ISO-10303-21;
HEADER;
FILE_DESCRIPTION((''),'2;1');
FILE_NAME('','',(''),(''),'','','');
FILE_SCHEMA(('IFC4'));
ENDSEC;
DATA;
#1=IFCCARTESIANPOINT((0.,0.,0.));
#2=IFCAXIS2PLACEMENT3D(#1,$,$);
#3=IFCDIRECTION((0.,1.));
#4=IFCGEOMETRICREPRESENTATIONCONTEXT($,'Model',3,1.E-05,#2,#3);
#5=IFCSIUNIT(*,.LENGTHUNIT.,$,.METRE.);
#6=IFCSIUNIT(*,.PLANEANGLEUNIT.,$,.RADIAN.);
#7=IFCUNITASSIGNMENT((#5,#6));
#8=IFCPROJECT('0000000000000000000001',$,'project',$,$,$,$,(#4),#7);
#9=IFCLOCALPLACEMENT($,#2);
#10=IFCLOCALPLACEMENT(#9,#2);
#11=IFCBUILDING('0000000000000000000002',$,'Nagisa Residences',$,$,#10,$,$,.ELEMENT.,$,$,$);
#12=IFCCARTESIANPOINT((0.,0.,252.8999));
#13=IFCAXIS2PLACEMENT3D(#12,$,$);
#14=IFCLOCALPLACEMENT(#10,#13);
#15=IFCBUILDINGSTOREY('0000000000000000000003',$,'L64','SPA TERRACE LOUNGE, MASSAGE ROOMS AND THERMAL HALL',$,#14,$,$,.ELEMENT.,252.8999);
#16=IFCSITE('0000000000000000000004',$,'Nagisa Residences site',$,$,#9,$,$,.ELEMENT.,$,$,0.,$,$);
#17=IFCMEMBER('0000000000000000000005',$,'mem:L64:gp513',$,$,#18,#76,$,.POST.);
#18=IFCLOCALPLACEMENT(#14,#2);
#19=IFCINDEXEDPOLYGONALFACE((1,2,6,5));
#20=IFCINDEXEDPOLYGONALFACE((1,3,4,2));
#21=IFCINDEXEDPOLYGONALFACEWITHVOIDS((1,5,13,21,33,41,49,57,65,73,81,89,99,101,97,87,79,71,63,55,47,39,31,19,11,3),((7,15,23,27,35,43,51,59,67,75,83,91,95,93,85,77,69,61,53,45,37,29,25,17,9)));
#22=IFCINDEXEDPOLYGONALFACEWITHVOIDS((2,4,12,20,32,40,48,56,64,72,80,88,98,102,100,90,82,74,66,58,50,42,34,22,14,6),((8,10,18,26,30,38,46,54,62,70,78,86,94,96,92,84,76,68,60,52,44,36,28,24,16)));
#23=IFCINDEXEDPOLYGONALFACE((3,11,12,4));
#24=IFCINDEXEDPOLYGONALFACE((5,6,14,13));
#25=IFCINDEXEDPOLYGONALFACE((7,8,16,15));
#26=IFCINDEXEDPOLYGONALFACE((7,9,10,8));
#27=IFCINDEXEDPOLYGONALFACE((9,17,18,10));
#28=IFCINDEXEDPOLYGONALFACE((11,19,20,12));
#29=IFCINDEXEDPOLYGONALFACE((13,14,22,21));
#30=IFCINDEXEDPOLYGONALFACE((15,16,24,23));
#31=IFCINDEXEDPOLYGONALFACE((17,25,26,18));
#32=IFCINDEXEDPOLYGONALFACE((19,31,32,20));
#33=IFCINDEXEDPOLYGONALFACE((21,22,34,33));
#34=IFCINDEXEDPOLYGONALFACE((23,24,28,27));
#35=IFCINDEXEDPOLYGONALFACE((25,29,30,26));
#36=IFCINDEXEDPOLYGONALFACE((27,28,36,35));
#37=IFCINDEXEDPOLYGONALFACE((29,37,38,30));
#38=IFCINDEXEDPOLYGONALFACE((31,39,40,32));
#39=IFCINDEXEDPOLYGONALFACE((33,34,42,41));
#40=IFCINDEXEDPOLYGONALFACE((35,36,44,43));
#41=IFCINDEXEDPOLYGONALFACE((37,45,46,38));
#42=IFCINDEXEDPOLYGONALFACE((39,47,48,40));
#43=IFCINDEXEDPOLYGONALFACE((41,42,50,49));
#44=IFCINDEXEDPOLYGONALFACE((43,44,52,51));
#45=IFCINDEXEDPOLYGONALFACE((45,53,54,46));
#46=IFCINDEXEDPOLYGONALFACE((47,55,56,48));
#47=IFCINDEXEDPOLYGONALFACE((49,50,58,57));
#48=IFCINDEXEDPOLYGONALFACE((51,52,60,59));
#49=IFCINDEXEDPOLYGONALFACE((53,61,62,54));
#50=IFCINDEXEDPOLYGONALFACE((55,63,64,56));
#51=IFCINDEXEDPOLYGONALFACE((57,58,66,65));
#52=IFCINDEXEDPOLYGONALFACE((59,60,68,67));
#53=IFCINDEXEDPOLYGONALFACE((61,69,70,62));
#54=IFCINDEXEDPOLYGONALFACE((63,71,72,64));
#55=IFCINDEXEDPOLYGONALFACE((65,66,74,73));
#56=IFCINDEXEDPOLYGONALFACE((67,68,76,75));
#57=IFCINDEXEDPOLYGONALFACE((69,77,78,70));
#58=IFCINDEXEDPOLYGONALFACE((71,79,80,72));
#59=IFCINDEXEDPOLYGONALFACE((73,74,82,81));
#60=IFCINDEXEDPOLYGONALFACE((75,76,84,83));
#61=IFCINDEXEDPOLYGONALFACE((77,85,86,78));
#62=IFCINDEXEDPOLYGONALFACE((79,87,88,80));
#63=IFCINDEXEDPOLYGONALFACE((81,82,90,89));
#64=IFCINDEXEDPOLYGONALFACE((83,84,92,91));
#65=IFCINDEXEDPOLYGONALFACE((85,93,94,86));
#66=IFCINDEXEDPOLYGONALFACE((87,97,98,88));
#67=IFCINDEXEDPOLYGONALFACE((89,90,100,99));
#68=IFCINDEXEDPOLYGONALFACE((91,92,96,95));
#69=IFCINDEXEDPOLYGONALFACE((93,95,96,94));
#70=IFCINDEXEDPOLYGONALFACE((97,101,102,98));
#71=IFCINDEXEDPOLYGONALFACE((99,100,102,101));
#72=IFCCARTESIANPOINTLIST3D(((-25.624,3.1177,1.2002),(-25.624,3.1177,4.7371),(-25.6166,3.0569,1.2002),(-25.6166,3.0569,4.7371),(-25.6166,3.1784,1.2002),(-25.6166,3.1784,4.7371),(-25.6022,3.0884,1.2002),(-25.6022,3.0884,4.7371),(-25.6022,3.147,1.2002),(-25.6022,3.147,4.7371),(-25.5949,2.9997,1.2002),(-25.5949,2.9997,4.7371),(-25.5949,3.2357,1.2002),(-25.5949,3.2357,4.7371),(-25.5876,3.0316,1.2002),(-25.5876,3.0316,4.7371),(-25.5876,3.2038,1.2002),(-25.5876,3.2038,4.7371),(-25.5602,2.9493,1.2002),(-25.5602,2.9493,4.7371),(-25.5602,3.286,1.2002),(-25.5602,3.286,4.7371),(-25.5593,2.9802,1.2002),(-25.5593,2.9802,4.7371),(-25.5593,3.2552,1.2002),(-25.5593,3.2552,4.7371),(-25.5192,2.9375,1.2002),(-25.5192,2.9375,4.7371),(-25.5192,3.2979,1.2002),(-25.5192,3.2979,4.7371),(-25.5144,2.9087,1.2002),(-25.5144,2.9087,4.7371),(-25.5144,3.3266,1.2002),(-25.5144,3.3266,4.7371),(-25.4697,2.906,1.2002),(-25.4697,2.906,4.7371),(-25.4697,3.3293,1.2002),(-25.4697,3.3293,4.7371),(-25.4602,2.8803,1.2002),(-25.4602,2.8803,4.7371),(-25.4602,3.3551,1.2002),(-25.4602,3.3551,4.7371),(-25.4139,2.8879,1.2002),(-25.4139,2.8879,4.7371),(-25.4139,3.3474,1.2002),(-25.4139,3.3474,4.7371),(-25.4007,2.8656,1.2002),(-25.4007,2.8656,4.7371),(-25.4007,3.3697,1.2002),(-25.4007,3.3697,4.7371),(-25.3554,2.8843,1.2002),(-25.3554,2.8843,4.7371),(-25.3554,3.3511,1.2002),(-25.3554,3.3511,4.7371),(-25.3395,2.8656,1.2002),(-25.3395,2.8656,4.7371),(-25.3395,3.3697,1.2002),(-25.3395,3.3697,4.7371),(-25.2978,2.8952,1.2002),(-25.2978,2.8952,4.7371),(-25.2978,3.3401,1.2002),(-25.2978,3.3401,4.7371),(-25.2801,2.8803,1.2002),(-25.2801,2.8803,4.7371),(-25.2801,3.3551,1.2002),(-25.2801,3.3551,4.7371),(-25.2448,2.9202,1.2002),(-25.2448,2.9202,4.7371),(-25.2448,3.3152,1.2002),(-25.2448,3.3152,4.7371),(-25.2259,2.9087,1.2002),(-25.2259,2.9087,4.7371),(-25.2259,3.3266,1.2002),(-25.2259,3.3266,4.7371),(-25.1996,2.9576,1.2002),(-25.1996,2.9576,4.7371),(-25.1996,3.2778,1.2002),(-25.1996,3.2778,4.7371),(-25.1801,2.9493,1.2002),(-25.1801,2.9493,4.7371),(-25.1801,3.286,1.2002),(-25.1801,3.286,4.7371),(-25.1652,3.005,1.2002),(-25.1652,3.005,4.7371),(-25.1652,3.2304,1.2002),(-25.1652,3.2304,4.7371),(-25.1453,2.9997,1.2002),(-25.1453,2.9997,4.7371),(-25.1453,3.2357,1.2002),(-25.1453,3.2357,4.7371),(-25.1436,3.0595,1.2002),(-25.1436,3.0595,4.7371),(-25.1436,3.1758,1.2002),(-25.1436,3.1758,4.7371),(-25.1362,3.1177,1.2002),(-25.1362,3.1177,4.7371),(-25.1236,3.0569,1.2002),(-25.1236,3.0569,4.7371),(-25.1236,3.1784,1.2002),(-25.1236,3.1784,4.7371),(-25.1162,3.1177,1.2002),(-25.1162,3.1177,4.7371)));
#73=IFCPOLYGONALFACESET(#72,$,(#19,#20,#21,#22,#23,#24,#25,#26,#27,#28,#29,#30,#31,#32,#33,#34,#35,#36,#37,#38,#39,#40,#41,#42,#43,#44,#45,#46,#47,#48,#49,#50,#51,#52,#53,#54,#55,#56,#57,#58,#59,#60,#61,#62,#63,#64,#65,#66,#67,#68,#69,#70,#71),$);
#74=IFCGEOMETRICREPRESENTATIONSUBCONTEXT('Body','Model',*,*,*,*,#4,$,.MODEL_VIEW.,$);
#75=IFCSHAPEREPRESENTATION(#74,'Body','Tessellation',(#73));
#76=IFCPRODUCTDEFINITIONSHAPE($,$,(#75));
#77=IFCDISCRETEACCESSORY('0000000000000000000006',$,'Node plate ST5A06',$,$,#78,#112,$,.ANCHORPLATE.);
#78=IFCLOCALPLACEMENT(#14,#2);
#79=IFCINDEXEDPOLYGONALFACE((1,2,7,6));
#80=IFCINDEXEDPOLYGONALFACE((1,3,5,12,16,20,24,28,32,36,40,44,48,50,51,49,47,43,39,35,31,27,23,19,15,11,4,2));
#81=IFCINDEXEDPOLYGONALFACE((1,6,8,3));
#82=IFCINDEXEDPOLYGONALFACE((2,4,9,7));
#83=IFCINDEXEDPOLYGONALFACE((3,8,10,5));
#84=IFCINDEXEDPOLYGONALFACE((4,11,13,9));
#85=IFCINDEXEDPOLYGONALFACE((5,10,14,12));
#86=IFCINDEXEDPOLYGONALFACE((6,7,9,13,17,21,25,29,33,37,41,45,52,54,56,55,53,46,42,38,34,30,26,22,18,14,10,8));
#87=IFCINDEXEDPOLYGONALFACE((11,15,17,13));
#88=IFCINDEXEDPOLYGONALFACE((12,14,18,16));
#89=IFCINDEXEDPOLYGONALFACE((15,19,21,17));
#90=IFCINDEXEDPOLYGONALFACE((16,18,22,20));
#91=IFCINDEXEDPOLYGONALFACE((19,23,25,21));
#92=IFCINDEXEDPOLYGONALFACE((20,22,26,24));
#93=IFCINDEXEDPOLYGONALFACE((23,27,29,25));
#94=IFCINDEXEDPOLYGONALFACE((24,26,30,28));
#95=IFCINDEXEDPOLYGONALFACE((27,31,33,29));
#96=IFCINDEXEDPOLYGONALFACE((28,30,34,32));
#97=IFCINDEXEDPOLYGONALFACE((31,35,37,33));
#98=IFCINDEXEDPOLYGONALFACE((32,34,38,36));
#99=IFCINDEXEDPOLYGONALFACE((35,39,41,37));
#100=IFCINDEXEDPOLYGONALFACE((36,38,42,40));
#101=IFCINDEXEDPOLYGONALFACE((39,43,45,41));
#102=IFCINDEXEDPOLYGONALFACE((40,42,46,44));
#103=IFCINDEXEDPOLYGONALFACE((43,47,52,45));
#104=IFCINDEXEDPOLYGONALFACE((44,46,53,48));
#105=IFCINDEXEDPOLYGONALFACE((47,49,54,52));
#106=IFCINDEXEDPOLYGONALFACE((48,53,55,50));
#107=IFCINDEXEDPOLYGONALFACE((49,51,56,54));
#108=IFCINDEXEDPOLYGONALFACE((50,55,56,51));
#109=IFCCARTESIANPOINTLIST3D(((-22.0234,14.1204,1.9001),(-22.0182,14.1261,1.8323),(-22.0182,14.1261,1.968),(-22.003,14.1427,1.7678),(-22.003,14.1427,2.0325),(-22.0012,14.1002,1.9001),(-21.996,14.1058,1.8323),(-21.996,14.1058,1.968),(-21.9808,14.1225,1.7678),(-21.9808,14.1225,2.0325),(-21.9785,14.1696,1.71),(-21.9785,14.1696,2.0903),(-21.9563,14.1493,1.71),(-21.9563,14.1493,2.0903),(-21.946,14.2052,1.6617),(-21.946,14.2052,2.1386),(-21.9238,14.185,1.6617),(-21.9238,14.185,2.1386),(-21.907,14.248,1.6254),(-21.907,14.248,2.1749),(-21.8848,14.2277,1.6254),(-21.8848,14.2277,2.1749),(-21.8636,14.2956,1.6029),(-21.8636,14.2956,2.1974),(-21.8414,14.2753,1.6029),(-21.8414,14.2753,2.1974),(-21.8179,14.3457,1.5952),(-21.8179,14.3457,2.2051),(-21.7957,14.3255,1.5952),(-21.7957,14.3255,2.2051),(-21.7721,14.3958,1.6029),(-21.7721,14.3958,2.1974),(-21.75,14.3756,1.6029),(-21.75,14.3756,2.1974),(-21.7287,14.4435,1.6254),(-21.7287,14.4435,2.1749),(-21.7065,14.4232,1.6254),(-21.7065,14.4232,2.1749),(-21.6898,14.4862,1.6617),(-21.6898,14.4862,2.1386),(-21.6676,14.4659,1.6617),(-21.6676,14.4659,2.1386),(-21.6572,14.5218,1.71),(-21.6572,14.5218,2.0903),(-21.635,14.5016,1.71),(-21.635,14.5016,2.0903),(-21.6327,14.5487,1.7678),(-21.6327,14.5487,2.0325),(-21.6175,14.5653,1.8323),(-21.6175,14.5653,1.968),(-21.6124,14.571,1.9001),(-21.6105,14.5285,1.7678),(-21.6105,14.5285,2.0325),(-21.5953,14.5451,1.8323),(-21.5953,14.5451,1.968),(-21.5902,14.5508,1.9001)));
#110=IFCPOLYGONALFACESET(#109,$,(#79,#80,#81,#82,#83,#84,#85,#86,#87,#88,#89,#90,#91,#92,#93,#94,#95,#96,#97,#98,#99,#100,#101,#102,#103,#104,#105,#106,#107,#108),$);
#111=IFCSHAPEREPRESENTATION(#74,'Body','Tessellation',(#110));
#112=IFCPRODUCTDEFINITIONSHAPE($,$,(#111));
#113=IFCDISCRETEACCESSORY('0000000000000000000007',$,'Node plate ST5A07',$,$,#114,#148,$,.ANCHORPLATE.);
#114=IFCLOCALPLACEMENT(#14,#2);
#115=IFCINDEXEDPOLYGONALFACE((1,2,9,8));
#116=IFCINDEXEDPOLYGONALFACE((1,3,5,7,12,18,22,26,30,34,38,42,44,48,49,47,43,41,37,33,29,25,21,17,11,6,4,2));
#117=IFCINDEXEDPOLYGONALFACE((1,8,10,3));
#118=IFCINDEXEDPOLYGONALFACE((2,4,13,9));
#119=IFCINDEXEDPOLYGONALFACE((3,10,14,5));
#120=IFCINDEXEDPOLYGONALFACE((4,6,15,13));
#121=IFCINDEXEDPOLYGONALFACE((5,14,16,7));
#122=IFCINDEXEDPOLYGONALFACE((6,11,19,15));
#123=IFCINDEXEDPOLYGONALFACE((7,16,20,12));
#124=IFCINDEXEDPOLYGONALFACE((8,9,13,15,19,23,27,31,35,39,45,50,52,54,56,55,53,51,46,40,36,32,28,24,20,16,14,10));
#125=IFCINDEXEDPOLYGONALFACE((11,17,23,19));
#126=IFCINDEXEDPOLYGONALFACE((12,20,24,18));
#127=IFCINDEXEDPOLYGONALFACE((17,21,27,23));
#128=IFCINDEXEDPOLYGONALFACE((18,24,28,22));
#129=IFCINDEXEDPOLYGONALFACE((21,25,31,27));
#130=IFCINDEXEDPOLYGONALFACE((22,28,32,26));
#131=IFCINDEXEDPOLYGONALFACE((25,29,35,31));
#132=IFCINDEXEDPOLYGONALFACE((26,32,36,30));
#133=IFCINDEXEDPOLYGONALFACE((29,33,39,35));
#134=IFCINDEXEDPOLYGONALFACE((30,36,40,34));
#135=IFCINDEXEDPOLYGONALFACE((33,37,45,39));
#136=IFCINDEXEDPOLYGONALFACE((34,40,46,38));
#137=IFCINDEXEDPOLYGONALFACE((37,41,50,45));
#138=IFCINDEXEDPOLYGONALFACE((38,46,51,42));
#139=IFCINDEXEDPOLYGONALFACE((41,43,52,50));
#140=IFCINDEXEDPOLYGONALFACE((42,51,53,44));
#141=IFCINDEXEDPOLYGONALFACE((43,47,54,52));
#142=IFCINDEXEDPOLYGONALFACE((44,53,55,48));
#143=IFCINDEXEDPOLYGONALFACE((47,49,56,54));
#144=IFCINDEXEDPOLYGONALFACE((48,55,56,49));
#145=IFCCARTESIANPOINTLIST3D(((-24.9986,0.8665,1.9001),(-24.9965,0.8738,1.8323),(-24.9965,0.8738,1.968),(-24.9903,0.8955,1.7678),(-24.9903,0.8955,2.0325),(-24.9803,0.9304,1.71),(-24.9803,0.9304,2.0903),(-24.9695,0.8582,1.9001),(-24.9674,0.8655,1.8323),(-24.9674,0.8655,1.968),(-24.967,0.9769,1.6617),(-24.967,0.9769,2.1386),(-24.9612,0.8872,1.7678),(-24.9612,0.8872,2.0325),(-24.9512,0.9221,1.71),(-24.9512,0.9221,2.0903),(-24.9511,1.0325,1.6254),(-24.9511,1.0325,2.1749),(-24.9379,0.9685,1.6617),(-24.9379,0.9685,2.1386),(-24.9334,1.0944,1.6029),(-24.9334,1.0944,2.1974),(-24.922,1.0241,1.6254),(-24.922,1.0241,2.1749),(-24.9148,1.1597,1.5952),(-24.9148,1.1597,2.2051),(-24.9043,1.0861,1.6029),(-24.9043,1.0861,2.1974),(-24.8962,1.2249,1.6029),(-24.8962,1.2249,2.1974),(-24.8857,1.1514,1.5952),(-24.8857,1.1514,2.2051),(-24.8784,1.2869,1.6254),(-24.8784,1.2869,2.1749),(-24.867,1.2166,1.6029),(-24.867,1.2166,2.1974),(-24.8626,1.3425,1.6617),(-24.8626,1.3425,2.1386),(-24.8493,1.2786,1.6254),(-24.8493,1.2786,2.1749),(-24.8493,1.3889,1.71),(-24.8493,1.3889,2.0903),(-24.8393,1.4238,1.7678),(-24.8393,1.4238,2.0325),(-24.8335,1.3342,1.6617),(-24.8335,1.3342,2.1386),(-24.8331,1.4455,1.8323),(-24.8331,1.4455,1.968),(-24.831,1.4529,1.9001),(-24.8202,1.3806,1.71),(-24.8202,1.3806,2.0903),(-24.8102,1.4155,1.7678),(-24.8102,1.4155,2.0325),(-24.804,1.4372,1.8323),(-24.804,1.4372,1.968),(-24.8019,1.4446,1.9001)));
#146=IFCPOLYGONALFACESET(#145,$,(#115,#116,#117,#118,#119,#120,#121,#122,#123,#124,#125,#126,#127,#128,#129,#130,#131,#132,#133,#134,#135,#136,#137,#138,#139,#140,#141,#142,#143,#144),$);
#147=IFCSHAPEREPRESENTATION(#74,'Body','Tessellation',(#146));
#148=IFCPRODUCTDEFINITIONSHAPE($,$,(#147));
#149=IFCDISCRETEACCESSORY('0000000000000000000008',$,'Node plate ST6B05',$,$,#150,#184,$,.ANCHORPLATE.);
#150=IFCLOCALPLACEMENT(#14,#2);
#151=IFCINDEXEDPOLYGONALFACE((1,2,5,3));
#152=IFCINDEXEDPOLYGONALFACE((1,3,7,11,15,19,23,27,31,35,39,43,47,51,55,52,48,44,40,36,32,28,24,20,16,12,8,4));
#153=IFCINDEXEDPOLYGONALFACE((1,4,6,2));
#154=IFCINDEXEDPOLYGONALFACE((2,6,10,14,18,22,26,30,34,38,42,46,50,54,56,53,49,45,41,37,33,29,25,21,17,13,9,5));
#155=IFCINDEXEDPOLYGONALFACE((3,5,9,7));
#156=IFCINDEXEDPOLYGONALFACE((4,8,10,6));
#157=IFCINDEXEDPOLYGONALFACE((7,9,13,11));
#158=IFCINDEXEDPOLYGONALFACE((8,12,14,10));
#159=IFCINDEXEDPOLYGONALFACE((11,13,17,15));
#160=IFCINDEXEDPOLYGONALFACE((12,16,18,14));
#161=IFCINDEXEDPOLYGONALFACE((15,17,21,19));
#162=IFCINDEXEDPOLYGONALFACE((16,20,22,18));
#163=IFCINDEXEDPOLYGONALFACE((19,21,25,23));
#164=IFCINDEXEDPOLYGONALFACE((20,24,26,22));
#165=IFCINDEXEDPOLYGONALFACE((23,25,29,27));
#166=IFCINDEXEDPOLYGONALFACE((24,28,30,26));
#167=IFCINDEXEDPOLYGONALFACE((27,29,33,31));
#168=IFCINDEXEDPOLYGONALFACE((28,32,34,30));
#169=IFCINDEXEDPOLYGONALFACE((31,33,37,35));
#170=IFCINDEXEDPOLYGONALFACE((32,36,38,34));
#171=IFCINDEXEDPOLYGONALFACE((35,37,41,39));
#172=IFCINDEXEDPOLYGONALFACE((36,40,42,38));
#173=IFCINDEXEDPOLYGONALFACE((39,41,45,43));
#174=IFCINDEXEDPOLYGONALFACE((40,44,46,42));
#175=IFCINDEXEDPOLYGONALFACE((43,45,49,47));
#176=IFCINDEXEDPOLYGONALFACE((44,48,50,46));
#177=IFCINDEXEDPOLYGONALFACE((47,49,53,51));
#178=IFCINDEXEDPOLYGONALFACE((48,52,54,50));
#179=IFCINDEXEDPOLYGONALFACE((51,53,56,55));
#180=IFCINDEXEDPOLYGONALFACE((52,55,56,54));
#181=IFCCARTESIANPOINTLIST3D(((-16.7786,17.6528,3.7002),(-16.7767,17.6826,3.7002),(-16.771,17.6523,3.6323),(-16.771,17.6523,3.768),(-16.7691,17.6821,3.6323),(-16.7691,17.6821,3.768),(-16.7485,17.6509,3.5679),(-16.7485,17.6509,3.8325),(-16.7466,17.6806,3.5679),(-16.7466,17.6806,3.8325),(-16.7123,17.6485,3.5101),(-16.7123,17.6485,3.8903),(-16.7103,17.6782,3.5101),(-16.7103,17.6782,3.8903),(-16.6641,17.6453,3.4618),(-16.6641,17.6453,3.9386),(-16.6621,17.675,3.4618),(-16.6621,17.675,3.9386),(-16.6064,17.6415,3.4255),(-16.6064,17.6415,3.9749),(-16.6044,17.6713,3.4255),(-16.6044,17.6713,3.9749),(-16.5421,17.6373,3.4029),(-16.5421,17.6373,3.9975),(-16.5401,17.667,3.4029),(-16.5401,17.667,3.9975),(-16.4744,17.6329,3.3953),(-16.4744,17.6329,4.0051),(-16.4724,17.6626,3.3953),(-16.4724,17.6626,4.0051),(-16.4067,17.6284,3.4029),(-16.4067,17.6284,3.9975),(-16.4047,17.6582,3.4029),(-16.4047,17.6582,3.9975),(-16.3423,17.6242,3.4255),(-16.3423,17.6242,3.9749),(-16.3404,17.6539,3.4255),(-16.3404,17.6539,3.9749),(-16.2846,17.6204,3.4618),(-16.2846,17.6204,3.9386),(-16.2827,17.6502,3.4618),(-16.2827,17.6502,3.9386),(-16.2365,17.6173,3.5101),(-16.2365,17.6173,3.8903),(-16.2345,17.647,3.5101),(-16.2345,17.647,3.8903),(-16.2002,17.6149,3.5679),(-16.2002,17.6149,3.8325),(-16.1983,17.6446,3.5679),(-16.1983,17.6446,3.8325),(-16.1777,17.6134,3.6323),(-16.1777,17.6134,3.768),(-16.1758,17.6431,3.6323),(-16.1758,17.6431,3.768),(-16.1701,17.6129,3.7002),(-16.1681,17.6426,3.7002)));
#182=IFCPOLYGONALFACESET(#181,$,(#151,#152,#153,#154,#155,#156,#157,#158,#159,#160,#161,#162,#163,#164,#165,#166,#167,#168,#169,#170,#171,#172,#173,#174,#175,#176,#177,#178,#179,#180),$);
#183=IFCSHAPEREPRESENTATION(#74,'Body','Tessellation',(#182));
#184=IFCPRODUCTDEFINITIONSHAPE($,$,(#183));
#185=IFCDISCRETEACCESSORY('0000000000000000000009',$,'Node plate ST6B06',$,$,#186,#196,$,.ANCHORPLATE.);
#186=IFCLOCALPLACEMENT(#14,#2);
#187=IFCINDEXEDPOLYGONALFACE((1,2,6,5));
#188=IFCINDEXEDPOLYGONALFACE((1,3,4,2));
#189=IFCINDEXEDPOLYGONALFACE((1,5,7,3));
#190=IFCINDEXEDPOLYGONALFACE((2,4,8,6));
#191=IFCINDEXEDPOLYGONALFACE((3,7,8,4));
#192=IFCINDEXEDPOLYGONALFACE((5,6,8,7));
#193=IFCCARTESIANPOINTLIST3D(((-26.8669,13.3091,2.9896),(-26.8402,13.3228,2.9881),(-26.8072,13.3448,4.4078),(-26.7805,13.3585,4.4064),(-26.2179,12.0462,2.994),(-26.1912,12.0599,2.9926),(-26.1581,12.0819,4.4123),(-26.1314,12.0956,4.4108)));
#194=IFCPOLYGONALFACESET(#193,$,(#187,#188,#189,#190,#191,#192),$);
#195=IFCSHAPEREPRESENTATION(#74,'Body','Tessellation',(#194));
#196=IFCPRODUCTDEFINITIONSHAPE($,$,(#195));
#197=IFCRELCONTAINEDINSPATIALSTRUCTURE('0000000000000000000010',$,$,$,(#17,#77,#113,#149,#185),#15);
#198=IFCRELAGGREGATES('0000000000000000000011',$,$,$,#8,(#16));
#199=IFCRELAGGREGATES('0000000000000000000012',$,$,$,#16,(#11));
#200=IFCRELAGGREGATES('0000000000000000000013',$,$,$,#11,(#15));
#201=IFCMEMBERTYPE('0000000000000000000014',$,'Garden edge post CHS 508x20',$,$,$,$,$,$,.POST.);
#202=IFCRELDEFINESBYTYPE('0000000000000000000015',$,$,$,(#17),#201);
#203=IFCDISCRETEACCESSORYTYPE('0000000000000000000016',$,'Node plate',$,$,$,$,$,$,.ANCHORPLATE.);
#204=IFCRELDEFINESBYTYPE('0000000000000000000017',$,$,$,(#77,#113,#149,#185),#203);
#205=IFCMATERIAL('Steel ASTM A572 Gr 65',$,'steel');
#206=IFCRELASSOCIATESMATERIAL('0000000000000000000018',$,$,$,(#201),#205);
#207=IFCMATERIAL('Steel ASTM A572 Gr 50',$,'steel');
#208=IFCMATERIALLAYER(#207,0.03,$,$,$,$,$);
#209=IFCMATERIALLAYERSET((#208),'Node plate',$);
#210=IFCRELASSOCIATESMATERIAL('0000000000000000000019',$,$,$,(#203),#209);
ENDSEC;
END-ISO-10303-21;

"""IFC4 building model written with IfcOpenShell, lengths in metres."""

from ifc_helpers import new_model, si_unit, direction, frame, origin, origin_2d, place, context, subcontext, project, spatial, rectangle, circle, hollow_circle, extrude, material, layer, layer_set, material_profile, profile_set, type_object, element, save


model = new_model("IFC4")

# Units and contexts
model_context = context("Model", 3, precision=1e-05, world=origin(), true_north=direction((0.0, 1.0)))
body_context = subcontext(model_context, "Body", "Model", "MODEL_VIEW")
ifc_project = project(units=[si_unit("LENGTHUNIT", "METRE"), si_unit("PLANEANGLEUNIT", "RADIAN")], contexts=[model_context])

# Site, building, storey
site_placement = place(None, origin())
site = spatial("IfcSite", under=ifc_project, at=site_placement, Name="Nagisa Residences site", CompositionType="ELEMENT", RefElevation=0.0)
building_placement = place(site_placement, origin())
building = spatial("IfcBuilding", under=site, at=building_placement, Name="Nagisa Residences", CompositionType="ELEMENT")
storey_placement = place(building_placement, frame((0.0, 0.0, 252.8999)))
storey = spatial("IfcBuildingStorey", under=building, at=storey_placement, Name="L64", Description="SPA TERRACE LOUNGE, MASSAGE ROOMS AND THERMAL HALL", CompositionType="ELEMENT", Elevation=252.8999)

# Member
ifc_material_1 = material(Name="Steel ASTM A572 Gr 65", Category="steel")
ifc_material_profile_1 = material_profile(ifc_material_1, hollow_circle(Radius=0.2539, WallThickness=0.02, at=origin_2d()), Name="CHS 508x20")
ifc_profile_set_1 = profile_set([ifc_material_profile_1], Name="Steel ASTM A572 Gr 65")
member_type_1 = type_object("IfcMemberType", Name="Garden edge post CHS 508x20", PredefinedType="POST", material=ifc_profile_set_1)
for number, where, z_axis, x_axis, name in (
    (1, (-25.3701, 3.1177, 1.2002), (0.0, 0.0, 1.0), (1.0, 0.0, 0.0), "mem:L64:gp513"),
):
    element("IfcMember", number, at=place(storey_placement, frame(where, z_axis=z_axis, x_axis=x_axis)), inside=storey, type_object=member_type_1, Name=name, PredefinedType="POST", context=body_context, shape_type="SweptSolid", body=[
        extrude(hollow_circle(Radius=0.2539, WallThickness=0.02, at=origin_2d()), origin(), (0.0, 0.0, 1.0), 3.5369),
    ])

# Discrete accessories
ifc_material_2 = material(Name="Steel ASTM A572 Gr 50", Category="steel")
ifc_layer = layer(ifc_material_2, 0.03)
ifc_layer_set = layer_set([ifc_layer], Name="Node plate")
discrete_accessory_type = type_object("IfcDiscreteAccessoryType", Name="Node plate", PredefinedType="ANCHORPLATE", material=ifc_layer_set)
discrete_accessory_1_placement = place(storey_placement, frame((-21.8179, 14.3457, 1.9001), z_axis=(0.738837, -0.673884, 0.0), x_axis=(0.673884, 0.738837, 0.0)))
element("IfcDiscreteAccessory", 2, at=discrete_accessory_1_placement, inside=storey, type_object=discrete_accessory_type, Name="Node plate ST5A06", PredefinedType="ANCHORPLATE", context=body_context, shape_type="SweptSolid", body=[
    extrude(circle(Radius=0.3049, at=origin_2d()), origin(), (0.0, 0.0, 1.0), 0.03),
])
discrete_accessory_2_placement = place(storey_placement, frame((-24.9148, 1.1597, 1.9001), z_axis=(0.961524, -0.274721, 0.0), x_axis=(0.274721, 0.961524, 0.0)))
element("IfcDiscreteAccessory", 3, at=discrete_accessory_2_placement, inside=storey, type_object=discrete_accessory_type, Name="Node plate ST5A07", PredefinedType="ANCHORPLATE", context=body_context, shape_type="SweptSolid", body=[
    extrude(circle(Radius=0.3049, at=origin_2d()), origin(), (0.0, 0.0, 1.0), 0.0303),
])
discrete_accessory_3_placement = place(storey_placement, frame((-16.4724, 17.6626, 3.7002), z_axis=(-0.065433, -0.997857, 0.0), x_axis=(0.997857, -0.065433, 0.0)))
element("IfcDiscreteAccessory", 4, at=discrete_accessory_3_placement, inside=storey, type_object=discrete_accessory_type, Name="Node plate ST6B05", PredefinedType="ANCHORPLATE", context=body_context, shape_type="SweptSolid", body=[
    extrude(circle(Radius=0.3049, at=origin_2d()), origin(), (0.0, 0.0, 1.0), 0.0298),
])
discrete_accessory_4_placement = place(storey_placement, frame((-26.4858, 12.7092, 3.6995), z_axis=(-0.888413, -0.456432, 0.048903), x_axis=(0.457113, -0.889403, 0.003127)))
element("IfcDiscreteAccessory", 5, at=discrete_accessory_4_placement, inside=storey, type_object=discrete_accessory_type, Name="Node plate ST6B06", PredefinedType="ANCHORPLATE", context=body_context, shape_type="SweptSolid", body=[
    extrude(rectangle(XDim=1.4199, YDim=1.4199, at=origin_2d()), origin(), (0.0, 0.0, 1.0), 0.03),
])

save(model, "model.ifc")
